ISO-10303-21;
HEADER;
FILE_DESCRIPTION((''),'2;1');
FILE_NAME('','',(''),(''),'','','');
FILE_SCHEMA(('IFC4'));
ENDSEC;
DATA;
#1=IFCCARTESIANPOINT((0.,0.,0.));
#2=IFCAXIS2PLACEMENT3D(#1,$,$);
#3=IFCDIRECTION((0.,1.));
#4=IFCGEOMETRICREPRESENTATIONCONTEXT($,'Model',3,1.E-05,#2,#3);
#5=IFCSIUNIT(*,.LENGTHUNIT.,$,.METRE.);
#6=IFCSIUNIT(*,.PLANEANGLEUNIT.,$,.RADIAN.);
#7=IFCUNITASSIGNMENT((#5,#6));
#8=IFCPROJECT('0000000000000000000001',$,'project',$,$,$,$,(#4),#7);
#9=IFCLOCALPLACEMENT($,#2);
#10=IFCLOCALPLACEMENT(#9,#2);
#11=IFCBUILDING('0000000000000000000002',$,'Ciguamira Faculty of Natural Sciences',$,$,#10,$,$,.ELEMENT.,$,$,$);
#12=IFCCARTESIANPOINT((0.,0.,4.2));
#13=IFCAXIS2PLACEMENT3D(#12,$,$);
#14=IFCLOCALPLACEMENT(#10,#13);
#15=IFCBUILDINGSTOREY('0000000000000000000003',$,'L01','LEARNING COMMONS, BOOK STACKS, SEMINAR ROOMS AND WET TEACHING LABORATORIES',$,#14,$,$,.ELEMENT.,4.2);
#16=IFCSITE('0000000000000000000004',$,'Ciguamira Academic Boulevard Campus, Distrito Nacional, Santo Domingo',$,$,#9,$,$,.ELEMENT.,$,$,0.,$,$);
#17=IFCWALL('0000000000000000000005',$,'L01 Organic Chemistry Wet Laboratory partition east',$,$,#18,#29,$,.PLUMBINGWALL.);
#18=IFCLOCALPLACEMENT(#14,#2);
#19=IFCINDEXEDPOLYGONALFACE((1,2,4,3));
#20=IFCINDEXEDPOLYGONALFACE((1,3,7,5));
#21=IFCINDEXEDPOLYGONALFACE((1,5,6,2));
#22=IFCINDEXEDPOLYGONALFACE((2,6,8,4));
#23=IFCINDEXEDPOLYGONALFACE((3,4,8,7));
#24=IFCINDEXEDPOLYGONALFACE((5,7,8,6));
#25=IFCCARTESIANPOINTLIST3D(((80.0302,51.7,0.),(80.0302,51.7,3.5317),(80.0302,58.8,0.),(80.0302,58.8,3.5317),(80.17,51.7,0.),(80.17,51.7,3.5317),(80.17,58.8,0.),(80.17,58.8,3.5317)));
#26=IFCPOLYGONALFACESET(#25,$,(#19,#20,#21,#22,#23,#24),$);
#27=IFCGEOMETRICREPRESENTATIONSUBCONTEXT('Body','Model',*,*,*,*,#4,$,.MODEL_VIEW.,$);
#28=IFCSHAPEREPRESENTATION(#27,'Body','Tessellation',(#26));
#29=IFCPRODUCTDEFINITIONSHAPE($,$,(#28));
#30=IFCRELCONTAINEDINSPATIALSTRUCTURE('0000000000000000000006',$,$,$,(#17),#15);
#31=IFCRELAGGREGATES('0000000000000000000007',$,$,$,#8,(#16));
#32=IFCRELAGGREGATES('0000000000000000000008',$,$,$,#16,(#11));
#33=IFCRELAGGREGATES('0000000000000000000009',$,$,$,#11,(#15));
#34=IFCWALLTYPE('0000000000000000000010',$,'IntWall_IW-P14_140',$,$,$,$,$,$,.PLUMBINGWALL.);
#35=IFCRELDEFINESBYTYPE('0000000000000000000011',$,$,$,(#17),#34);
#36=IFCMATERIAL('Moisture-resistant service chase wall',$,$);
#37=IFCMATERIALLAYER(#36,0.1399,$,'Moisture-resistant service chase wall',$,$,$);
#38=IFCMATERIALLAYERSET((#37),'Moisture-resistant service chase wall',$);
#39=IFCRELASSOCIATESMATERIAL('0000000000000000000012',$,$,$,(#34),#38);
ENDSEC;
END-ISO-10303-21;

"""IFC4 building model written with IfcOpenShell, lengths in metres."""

from ifc_helpers import new_model, si_unit, direction, frame, frame_2d, origin, place, context, subcontext, project, spatial, rectangle, extrude, material, layer, layer_set, type_object, element, save


model = new_model("IFC4")

# Units and contexts
model_context = context("Model", 3, precision=1e-05, world=origin(), true_north=direction((0.0, 1.0)))
body_context = subcontext(model_context, "Body", "Model", "MODEL_VIEW")
ifc_project = project(units=[si_unit("LENGTHUNIT", "METRE"), si_unit("PLANEANGLEUNIT", "RADIAN")], contexts=[model_context])

# Site, building, storey
site_placement = place(None, origin())
site = spatial("IfcSite", under=ifc_project, at=site_placement, Name="Ciguamira Academic Boulevard Campus, Distrito Nacional, Santo Domingo", CompositionType="ELEMENT", RefElevation=0.0)
building_placement = place(site_placement, origin())
building = spatial("IfcBuilding", under=site, at=building_placement, Name="Ciguamira Faculty of Natural Sciences", CompositionType="ELEMENT")
storey_placement = place(building_placement, frame((0.0, 0.0, 4.2)))
storey = spatial("IfcBuildingStorey", under=building, at=storey_placement, Name="L01", Description="LEARNING COMMONS, BOOK STACKS, SEMINAR ROOMS AND WET TEACHING LABORATORIES", CompositionType="ELEMENT", Elevation=4.2)

# Wall
ifc_material_1 = material(Name="Moisture-resistant service chase wall")
ifc_layer_1 = layer(ifc_material_1, 0.1399, Name="Moisture-resistant service chase wall")
ifc_layer_set_1 = layer_set([ifc_layer_1], Name="Moisture-resistant service chase wall")
wall_type_1 = type_object("IfcWallType", Name="IntWall_IW-P14_140", PredefinedType="PLUMBINGWALL", material=ifc_layer_set_1)
wall_1_placement = place(storey_placement, frame((80.1001, 51.7, 0.0), z_axis=(0.0, 0.0, 1.0), x_axis=(0.0, 1.0, 0.0)))
element("IfcWall", 1, at=wall_1_placement, inside=storey, type_object=wall_type_1, Name="L01 Organic Chemistry Wet Laboratory partition east", PredefinedType="PLUMBINGWALL", context=body_context, shape_type="SweptSolid", body=[
    extrude(rectangle(XDim=7.1001, YDim=0.1399, at=frame_2d((3.55, 0.0))), origin(), (0.0, 0.0, 1.0), 3.5317),
])

save(model, "model.ifc")
